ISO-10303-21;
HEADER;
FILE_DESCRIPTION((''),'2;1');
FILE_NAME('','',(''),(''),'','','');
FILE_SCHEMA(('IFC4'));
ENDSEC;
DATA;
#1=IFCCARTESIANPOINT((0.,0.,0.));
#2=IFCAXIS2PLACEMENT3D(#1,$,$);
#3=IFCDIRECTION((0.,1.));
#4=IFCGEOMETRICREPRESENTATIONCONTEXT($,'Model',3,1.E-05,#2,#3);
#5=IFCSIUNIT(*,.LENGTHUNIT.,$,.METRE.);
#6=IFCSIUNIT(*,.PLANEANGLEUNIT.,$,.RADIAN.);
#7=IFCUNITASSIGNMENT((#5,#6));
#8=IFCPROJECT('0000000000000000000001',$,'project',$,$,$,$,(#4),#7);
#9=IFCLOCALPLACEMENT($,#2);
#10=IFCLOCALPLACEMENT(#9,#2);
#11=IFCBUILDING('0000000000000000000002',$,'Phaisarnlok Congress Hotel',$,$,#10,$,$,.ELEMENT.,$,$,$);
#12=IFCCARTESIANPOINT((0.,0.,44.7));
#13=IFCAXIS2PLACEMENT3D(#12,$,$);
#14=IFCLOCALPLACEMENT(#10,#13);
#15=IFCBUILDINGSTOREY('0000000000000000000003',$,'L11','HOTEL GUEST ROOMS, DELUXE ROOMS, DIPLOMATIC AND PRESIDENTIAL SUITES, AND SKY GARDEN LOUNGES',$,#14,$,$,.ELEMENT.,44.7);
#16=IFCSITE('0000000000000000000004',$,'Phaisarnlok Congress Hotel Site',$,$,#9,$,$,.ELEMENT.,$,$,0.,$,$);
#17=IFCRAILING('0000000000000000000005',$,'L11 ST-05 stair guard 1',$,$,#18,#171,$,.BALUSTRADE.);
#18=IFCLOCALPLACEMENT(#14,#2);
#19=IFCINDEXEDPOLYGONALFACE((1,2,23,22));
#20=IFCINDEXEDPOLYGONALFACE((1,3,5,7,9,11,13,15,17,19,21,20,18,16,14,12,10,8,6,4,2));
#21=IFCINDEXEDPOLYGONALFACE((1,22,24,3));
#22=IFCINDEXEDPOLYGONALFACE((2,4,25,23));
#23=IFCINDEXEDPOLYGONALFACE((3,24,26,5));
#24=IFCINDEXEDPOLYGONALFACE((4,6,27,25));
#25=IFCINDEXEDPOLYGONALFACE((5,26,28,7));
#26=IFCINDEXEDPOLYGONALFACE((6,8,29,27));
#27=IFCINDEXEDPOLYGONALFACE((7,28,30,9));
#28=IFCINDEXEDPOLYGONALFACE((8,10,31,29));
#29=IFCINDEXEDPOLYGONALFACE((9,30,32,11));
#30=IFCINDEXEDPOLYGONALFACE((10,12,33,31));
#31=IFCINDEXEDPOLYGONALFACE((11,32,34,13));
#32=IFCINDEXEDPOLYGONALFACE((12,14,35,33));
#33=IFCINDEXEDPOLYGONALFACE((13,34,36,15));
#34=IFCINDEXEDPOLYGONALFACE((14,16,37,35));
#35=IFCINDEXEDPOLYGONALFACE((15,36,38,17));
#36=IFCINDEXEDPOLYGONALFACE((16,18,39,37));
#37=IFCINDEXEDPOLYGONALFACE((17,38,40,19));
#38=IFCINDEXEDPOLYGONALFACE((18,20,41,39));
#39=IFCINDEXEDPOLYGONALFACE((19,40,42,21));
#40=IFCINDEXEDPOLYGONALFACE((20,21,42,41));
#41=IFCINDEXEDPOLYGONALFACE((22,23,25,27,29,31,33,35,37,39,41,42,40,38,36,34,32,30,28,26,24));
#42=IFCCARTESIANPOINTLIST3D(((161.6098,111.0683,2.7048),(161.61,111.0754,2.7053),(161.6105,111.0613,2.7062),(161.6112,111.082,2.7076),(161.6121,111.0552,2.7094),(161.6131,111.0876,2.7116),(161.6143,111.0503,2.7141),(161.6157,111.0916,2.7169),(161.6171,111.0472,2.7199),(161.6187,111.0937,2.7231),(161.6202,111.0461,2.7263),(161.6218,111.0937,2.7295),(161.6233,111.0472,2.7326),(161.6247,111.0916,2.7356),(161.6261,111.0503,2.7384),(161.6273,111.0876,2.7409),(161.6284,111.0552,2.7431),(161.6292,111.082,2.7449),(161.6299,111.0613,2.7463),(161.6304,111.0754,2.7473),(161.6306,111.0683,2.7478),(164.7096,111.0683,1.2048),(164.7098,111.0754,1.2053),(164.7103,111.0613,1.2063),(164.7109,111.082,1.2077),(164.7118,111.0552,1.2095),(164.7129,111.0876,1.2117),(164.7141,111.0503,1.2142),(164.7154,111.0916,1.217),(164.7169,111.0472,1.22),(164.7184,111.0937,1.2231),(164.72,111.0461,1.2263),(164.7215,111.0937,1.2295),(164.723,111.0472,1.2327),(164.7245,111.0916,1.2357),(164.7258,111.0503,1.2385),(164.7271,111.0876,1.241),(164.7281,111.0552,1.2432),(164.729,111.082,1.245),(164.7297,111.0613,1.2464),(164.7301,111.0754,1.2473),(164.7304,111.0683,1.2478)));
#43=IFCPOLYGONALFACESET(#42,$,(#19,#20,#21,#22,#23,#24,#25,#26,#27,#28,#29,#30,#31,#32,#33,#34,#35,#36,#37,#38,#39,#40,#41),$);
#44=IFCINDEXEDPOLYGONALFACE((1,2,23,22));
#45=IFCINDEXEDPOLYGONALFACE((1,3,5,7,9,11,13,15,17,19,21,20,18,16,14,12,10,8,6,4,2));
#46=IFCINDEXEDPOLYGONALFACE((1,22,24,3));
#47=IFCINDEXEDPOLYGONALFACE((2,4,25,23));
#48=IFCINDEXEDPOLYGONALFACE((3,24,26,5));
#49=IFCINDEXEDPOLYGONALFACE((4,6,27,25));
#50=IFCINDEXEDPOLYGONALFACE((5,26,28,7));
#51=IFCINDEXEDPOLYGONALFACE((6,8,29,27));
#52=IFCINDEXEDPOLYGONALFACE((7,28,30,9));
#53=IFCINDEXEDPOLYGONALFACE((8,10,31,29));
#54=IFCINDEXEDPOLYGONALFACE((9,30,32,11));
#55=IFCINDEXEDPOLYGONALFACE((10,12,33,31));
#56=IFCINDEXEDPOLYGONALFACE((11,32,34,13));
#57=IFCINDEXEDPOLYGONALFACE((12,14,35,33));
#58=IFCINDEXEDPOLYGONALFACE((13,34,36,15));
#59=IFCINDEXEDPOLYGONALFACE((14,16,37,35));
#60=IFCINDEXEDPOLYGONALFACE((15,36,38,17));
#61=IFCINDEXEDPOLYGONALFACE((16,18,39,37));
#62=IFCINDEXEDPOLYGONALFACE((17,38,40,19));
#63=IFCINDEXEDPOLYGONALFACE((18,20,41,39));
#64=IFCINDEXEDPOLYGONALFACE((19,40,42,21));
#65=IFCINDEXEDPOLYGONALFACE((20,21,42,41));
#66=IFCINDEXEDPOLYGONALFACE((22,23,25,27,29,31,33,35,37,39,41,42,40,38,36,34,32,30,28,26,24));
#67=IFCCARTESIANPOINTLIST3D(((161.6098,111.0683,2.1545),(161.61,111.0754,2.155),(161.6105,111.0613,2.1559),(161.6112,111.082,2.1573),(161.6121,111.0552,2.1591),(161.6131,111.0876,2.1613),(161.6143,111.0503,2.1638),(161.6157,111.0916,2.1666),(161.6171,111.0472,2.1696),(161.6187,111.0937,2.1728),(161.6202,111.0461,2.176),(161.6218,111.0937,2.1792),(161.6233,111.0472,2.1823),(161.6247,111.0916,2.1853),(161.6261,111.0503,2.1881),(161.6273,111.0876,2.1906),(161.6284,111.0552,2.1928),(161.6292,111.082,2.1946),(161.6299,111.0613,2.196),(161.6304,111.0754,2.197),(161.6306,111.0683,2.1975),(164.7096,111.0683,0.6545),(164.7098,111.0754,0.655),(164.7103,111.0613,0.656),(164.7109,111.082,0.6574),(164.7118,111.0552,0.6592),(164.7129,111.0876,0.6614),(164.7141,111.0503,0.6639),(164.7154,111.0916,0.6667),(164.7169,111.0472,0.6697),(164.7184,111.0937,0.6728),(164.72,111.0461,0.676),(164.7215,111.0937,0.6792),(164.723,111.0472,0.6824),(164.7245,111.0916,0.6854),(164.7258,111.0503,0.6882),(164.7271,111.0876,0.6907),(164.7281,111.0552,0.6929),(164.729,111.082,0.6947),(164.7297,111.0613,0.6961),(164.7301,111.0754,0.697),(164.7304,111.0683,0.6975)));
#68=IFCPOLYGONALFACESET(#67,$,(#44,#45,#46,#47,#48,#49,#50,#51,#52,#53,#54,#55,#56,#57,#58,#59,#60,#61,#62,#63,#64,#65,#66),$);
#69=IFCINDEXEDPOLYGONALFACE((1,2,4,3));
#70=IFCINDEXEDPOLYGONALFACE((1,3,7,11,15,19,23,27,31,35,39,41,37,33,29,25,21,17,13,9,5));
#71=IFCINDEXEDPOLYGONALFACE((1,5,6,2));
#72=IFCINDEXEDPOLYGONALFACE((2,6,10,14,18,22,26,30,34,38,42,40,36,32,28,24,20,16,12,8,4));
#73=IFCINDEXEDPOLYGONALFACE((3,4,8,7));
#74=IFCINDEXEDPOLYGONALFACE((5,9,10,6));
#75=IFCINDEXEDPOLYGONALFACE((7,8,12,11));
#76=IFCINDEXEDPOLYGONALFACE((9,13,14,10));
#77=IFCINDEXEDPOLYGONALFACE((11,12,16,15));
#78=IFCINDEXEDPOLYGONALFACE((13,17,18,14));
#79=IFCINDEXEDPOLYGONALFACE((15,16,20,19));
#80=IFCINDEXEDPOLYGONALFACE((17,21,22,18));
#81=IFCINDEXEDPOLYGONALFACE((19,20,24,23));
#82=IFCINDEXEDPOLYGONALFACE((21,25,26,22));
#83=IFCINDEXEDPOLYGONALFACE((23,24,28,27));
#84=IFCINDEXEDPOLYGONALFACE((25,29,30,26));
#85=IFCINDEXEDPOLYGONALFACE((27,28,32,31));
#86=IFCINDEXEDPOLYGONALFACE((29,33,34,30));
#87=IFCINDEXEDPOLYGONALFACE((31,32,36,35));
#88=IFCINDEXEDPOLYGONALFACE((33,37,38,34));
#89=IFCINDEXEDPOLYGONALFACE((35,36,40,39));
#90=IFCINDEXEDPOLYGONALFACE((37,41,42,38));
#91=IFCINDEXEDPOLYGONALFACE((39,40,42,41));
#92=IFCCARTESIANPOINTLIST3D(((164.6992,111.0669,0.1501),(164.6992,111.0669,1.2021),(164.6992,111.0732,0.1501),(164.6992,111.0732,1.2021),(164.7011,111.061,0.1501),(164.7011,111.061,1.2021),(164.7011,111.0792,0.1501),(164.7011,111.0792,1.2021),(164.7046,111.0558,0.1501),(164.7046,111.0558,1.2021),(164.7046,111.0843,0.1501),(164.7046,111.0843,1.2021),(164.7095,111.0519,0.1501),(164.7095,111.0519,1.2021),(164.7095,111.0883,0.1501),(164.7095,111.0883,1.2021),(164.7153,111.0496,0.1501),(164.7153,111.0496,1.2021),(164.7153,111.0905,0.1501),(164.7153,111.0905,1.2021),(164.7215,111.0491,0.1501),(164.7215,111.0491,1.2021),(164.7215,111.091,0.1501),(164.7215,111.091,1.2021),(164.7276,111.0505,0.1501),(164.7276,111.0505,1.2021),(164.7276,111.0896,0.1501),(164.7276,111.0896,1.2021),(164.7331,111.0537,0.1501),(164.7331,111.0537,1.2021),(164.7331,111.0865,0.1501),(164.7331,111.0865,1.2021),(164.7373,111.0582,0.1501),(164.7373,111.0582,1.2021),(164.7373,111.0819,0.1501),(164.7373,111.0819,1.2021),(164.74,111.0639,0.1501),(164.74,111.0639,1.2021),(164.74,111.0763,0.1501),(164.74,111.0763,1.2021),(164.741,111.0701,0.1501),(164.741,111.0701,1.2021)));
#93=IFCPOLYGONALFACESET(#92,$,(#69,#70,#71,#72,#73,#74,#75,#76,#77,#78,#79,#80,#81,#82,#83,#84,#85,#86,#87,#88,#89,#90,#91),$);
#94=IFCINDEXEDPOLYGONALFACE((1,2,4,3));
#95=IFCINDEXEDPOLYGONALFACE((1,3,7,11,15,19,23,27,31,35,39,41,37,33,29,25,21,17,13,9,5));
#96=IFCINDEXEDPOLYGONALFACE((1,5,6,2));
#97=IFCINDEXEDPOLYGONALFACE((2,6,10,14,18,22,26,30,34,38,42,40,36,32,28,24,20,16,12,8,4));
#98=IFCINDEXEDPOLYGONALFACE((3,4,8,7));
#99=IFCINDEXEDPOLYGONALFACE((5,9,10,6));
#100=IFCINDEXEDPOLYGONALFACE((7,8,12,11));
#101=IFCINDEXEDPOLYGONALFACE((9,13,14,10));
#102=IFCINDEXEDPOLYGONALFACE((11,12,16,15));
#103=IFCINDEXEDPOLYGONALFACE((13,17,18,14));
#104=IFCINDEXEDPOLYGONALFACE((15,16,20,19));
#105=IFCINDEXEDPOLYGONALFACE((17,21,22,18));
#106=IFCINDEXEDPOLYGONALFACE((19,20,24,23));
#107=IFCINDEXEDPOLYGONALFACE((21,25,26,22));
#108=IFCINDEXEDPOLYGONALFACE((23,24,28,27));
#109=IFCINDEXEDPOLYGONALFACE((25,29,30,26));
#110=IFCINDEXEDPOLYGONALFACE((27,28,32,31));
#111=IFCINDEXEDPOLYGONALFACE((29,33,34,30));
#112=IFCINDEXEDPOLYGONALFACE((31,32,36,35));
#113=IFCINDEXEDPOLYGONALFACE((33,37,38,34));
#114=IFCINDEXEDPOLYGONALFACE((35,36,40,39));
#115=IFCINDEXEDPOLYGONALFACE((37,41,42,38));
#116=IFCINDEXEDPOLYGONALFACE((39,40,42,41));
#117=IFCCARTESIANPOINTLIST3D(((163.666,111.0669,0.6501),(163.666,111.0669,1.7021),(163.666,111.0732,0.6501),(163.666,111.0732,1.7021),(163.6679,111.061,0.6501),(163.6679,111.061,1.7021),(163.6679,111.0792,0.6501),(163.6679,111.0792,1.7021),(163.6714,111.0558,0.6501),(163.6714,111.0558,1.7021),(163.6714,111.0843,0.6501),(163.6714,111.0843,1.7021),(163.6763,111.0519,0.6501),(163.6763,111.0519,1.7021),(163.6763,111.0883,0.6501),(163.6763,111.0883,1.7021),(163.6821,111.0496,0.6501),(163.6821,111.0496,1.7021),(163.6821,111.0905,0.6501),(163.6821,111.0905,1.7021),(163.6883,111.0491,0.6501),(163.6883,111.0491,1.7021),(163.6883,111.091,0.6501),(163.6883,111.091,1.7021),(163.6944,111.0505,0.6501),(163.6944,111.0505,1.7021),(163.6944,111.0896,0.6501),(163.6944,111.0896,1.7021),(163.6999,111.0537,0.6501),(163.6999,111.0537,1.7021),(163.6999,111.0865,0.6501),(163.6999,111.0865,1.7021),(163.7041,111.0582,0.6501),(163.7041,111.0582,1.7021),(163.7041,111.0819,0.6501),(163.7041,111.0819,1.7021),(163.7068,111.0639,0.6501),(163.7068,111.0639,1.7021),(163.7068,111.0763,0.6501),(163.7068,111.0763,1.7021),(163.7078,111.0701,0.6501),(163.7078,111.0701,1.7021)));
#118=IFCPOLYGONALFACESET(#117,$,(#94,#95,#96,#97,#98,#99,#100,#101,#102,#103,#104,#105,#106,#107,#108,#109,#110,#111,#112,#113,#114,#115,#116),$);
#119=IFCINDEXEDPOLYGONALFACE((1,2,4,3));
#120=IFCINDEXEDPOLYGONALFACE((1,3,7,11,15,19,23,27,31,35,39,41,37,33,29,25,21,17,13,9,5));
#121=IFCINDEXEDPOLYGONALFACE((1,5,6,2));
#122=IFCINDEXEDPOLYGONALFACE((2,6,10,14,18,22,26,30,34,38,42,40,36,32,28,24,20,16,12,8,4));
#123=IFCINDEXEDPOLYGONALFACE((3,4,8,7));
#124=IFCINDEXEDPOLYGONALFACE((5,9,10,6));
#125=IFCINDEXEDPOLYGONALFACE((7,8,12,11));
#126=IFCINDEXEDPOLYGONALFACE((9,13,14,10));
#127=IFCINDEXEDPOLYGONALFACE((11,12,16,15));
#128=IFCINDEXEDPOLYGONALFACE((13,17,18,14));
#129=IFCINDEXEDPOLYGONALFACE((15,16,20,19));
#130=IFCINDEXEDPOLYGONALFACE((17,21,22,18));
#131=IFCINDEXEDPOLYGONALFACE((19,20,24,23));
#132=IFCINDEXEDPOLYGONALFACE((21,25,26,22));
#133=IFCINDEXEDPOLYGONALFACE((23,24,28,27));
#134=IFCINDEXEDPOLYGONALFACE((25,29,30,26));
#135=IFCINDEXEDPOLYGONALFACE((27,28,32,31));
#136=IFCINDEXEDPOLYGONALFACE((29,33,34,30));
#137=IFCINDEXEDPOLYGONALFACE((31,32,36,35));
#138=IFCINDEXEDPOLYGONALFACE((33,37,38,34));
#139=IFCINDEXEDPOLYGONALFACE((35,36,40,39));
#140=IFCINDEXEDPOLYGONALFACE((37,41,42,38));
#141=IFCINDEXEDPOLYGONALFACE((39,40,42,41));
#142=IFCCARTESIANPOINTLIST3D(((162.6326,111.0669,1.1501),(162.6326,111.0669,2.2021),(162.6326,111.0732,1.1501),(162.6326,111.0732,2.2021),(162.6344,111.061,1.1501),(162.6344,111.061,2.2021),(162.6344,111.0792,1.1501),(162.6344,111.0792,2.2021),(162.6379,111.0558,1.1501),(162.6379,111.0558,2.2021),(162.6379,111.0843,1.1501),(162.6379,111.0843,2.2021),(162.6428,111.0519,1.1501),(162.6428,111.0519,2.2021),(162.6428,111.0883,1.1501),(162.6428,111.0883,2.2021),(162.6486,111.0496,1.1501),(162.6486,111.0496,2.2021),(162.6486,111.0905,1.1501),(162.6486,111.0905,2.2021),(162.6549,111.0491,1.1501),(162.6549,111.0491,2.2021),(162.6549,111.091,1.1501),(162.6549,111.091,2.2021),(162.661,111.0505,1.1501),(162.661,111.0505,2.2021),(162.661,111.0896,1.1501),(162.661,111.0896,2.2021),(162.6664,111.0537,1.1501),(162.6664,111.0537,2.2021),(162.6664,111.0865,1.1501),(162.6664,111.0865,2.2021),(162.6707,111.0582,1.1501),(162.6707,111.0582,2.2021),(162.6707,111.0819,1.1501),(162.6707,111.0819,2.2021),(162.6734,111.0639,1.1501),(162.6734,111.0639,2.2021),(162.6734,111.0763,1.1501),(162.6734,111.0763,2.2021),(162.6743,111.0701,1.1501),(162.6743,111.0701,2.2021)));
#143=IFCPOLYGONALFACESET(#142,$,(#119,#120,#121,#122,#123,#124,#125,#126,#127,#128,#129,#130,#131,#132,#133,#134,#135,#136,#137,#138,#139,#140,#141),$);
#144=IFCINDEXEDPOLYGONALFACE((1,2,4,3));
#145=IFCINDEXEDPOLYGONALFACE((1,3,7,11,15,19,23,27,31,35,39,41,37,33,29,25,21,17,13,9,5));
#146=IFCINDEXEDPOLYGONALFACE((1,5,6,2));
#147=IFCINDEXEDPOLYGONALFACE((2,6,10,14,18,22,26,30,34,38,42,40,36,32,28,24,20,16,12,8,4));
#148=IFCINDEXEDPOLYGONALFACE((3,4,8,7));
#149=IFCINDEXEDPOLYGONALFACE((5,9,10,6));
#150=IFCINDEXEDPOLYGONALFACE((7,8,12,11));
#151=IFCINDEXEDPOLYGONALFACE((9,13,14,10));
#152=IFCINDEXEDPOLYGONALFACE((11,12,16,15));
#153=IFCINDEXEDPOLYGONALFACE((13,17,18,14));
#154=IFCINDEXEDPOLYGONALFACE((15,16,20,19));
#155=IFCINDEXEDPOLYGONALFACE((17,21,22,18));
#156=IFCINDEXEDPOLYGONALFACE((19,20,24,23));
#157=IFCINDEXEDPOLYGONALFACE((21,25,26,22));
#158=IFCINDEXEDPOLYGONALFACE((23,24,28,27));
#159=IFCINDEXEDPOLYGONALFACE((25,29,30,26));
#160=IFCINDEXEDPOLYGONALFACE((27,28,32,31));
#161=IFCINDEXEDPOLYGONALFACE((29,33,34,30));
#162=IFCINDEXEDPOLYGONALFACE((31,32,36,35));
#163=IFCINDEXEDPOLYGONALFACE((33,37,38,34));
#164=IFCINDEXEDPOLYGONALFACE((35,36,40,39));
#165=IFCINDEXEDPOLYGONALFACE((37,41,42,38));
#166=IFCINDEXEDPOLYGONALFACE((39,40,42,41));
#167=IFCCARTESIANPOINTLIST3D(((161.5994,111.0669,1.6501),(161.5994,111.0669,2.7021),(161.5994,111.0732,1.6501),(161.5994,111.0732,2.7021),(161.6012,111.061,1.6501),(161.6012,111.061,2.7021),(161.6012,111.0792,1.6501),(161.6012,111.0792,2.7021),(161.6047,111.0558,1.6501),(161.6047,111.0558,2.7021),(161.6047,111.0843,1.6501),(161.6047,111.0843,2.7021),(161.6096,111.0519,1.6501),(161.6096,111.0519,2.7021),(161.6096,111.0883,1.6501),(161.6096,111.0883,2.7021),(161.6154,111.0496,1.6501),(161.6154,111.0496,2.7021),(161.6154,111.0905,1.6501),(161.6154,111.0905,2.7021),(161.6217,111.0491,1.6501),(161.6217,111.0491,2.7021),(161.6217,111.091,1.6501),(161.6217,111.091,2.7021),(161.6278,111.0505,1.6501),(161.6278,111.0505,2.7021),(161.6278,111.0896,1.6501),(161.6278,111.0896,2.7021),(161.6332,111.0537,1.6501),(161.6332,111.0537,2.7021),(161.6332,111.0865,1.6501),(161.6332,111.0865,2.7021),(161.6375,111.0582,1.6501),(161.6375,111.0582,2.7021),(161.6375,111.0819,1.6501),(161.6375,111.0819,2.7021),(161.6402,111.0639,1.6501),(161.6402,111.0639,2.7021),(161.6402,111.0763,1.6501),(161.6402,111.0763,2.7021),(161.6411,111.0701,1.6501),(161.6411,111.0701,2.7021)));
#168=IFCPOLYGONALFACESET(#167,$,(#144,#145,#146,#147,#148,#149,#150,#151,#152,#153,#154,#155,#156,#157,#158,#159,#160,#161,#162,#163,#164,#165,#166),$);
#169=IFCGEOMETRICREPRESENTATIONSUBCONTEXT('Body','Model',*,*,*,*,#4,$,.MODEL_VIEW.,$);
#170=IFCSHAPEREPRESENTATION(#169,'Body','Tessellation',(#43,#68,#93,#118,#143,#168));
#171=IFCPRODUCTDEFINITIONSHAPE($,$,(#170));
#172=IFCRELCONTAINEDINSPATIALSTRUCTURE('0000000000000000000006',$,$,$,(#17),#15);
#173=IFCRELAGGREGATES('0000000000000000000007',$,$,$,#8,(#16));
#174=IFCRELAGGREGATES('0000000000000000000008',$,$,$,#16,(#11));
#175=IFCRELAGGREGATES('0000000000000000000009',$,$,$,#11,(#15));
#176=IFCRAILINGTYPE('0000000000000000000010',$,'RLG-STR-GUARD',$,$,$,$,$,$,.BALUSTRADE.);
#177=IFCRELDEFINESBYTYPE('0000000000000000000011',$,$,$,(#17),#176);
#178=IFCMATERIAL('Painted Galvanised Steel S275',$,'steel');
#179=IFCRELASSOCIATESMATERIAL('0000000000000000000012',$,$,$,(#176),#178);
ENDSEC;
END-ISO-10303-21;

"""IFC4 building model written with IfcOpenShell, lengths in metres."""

from ifc_helpers import new_model, si_unit, direction, frame, origin, origin_2d, place, context, subcontext, project, spatial, circle, extrude, material, type_object, element, save


model = new_model("IFC4")

# Units and contexts
model_context = context("Model", 3, precision=1e-05, world=origin(), true_north=direction((0.0, 1.0)))
body_context = subcontext(model_context, "Body", "Model", "MODEL_VIEW")
ifc_project = project(units=[si_unit("LENGTHUNIT", "METRE"), si_unit("PLANEANGLEUNIT", "RADIAN")], contexts=[model_context])

# Site, building, storey
site_placement = place(None, origin())
site = spatial("IfcSite", under=ifc_project, at=site_placement, Name="Phaisarnlok Congress Hotel Site", CompositionType="ELEMENT", RefElevation=0.0)
building_placement = place(site_placement, origin())
building = spatial("IfcBuilding", under=site, at=building_placement, Name="Phaisarnlok Congress Hotel", CompositionType="ELEMENT")
storey_placement = place(building_placement, frame((0.0, 0.0, 44.7)))
storey = spatial("IfcBuildingStorey", under=building, at=storey_placement, Name="L11", Description="HOTEL GUEST ROOMS, DELUXE ROOMS, DIPLOMATIC AND PRESIDENTIAL SUITES, AND SKY GARDEN LOUNGES", CompositionType="ELEMENT", Elevation=44.7)

# Railing
ifc_material_1 = material(Name="Painted Galvanised Steel S275", Category="steel")
railing_type_1 = type_object("IfcRailingType", Name="RLG-STR-GUARD", PredefinedType="BALUSTRADE", material=ifc_material_1)
railing_1_placement = place(storey_placement, frame((164.72, 111.0701, 0.1501)))
element("IfcRailing", 1, at=railing_1_placement, inside=storey, type_object=railing_type_1, Name="L11 ST-05 stair guard 1", PredefinedType="BALUSTRADE", context=body_context, shape_type="SweptSolid", body=[
    extrude(circle(Radius=0.0239, at=origin_2d()), frame((0.0, 0.0, 1.0762), z_axis=(-0.900151, 0.0, 0.435578), x_axis=(0.0, -1.0, 0.0)), (0.0, 0.0, 1.0), 3.4436),
    extrude(circle(Radius=0.0239, at=origin_2d()), frame((0.0, 0.0, 0.5259), z_axis=(-0.900151, 0.0, 0.435578), x_axis=(0.0, -1.0, 0.0)), (0.0, 0.0, 1.0), 3.4436),
    extrude(circle(Radius=0.021, at=origin_2d()), origin(), (0.0, 0.0, 1.0), 1.052),
    extrude(circle(Radius=0.021, at=origin_2d()), frame((-1.0332, 0.0, 0.5)), (0.0, 0.0, 1.0), 1.052),
    extrude(circle(Radius=0.021, at=origin_2d()), frame((-2.0667, 0.0, 1.0)), (0.0, 0.0, 1.0), 1.052),
    extrude(circle(Radius=0.021, at=origin_2d()), frame((-3.0999, 0.0, 1.5)), (0.0, 0.0, 1.0), 1.052),
])

save(model, "model.ifc")
